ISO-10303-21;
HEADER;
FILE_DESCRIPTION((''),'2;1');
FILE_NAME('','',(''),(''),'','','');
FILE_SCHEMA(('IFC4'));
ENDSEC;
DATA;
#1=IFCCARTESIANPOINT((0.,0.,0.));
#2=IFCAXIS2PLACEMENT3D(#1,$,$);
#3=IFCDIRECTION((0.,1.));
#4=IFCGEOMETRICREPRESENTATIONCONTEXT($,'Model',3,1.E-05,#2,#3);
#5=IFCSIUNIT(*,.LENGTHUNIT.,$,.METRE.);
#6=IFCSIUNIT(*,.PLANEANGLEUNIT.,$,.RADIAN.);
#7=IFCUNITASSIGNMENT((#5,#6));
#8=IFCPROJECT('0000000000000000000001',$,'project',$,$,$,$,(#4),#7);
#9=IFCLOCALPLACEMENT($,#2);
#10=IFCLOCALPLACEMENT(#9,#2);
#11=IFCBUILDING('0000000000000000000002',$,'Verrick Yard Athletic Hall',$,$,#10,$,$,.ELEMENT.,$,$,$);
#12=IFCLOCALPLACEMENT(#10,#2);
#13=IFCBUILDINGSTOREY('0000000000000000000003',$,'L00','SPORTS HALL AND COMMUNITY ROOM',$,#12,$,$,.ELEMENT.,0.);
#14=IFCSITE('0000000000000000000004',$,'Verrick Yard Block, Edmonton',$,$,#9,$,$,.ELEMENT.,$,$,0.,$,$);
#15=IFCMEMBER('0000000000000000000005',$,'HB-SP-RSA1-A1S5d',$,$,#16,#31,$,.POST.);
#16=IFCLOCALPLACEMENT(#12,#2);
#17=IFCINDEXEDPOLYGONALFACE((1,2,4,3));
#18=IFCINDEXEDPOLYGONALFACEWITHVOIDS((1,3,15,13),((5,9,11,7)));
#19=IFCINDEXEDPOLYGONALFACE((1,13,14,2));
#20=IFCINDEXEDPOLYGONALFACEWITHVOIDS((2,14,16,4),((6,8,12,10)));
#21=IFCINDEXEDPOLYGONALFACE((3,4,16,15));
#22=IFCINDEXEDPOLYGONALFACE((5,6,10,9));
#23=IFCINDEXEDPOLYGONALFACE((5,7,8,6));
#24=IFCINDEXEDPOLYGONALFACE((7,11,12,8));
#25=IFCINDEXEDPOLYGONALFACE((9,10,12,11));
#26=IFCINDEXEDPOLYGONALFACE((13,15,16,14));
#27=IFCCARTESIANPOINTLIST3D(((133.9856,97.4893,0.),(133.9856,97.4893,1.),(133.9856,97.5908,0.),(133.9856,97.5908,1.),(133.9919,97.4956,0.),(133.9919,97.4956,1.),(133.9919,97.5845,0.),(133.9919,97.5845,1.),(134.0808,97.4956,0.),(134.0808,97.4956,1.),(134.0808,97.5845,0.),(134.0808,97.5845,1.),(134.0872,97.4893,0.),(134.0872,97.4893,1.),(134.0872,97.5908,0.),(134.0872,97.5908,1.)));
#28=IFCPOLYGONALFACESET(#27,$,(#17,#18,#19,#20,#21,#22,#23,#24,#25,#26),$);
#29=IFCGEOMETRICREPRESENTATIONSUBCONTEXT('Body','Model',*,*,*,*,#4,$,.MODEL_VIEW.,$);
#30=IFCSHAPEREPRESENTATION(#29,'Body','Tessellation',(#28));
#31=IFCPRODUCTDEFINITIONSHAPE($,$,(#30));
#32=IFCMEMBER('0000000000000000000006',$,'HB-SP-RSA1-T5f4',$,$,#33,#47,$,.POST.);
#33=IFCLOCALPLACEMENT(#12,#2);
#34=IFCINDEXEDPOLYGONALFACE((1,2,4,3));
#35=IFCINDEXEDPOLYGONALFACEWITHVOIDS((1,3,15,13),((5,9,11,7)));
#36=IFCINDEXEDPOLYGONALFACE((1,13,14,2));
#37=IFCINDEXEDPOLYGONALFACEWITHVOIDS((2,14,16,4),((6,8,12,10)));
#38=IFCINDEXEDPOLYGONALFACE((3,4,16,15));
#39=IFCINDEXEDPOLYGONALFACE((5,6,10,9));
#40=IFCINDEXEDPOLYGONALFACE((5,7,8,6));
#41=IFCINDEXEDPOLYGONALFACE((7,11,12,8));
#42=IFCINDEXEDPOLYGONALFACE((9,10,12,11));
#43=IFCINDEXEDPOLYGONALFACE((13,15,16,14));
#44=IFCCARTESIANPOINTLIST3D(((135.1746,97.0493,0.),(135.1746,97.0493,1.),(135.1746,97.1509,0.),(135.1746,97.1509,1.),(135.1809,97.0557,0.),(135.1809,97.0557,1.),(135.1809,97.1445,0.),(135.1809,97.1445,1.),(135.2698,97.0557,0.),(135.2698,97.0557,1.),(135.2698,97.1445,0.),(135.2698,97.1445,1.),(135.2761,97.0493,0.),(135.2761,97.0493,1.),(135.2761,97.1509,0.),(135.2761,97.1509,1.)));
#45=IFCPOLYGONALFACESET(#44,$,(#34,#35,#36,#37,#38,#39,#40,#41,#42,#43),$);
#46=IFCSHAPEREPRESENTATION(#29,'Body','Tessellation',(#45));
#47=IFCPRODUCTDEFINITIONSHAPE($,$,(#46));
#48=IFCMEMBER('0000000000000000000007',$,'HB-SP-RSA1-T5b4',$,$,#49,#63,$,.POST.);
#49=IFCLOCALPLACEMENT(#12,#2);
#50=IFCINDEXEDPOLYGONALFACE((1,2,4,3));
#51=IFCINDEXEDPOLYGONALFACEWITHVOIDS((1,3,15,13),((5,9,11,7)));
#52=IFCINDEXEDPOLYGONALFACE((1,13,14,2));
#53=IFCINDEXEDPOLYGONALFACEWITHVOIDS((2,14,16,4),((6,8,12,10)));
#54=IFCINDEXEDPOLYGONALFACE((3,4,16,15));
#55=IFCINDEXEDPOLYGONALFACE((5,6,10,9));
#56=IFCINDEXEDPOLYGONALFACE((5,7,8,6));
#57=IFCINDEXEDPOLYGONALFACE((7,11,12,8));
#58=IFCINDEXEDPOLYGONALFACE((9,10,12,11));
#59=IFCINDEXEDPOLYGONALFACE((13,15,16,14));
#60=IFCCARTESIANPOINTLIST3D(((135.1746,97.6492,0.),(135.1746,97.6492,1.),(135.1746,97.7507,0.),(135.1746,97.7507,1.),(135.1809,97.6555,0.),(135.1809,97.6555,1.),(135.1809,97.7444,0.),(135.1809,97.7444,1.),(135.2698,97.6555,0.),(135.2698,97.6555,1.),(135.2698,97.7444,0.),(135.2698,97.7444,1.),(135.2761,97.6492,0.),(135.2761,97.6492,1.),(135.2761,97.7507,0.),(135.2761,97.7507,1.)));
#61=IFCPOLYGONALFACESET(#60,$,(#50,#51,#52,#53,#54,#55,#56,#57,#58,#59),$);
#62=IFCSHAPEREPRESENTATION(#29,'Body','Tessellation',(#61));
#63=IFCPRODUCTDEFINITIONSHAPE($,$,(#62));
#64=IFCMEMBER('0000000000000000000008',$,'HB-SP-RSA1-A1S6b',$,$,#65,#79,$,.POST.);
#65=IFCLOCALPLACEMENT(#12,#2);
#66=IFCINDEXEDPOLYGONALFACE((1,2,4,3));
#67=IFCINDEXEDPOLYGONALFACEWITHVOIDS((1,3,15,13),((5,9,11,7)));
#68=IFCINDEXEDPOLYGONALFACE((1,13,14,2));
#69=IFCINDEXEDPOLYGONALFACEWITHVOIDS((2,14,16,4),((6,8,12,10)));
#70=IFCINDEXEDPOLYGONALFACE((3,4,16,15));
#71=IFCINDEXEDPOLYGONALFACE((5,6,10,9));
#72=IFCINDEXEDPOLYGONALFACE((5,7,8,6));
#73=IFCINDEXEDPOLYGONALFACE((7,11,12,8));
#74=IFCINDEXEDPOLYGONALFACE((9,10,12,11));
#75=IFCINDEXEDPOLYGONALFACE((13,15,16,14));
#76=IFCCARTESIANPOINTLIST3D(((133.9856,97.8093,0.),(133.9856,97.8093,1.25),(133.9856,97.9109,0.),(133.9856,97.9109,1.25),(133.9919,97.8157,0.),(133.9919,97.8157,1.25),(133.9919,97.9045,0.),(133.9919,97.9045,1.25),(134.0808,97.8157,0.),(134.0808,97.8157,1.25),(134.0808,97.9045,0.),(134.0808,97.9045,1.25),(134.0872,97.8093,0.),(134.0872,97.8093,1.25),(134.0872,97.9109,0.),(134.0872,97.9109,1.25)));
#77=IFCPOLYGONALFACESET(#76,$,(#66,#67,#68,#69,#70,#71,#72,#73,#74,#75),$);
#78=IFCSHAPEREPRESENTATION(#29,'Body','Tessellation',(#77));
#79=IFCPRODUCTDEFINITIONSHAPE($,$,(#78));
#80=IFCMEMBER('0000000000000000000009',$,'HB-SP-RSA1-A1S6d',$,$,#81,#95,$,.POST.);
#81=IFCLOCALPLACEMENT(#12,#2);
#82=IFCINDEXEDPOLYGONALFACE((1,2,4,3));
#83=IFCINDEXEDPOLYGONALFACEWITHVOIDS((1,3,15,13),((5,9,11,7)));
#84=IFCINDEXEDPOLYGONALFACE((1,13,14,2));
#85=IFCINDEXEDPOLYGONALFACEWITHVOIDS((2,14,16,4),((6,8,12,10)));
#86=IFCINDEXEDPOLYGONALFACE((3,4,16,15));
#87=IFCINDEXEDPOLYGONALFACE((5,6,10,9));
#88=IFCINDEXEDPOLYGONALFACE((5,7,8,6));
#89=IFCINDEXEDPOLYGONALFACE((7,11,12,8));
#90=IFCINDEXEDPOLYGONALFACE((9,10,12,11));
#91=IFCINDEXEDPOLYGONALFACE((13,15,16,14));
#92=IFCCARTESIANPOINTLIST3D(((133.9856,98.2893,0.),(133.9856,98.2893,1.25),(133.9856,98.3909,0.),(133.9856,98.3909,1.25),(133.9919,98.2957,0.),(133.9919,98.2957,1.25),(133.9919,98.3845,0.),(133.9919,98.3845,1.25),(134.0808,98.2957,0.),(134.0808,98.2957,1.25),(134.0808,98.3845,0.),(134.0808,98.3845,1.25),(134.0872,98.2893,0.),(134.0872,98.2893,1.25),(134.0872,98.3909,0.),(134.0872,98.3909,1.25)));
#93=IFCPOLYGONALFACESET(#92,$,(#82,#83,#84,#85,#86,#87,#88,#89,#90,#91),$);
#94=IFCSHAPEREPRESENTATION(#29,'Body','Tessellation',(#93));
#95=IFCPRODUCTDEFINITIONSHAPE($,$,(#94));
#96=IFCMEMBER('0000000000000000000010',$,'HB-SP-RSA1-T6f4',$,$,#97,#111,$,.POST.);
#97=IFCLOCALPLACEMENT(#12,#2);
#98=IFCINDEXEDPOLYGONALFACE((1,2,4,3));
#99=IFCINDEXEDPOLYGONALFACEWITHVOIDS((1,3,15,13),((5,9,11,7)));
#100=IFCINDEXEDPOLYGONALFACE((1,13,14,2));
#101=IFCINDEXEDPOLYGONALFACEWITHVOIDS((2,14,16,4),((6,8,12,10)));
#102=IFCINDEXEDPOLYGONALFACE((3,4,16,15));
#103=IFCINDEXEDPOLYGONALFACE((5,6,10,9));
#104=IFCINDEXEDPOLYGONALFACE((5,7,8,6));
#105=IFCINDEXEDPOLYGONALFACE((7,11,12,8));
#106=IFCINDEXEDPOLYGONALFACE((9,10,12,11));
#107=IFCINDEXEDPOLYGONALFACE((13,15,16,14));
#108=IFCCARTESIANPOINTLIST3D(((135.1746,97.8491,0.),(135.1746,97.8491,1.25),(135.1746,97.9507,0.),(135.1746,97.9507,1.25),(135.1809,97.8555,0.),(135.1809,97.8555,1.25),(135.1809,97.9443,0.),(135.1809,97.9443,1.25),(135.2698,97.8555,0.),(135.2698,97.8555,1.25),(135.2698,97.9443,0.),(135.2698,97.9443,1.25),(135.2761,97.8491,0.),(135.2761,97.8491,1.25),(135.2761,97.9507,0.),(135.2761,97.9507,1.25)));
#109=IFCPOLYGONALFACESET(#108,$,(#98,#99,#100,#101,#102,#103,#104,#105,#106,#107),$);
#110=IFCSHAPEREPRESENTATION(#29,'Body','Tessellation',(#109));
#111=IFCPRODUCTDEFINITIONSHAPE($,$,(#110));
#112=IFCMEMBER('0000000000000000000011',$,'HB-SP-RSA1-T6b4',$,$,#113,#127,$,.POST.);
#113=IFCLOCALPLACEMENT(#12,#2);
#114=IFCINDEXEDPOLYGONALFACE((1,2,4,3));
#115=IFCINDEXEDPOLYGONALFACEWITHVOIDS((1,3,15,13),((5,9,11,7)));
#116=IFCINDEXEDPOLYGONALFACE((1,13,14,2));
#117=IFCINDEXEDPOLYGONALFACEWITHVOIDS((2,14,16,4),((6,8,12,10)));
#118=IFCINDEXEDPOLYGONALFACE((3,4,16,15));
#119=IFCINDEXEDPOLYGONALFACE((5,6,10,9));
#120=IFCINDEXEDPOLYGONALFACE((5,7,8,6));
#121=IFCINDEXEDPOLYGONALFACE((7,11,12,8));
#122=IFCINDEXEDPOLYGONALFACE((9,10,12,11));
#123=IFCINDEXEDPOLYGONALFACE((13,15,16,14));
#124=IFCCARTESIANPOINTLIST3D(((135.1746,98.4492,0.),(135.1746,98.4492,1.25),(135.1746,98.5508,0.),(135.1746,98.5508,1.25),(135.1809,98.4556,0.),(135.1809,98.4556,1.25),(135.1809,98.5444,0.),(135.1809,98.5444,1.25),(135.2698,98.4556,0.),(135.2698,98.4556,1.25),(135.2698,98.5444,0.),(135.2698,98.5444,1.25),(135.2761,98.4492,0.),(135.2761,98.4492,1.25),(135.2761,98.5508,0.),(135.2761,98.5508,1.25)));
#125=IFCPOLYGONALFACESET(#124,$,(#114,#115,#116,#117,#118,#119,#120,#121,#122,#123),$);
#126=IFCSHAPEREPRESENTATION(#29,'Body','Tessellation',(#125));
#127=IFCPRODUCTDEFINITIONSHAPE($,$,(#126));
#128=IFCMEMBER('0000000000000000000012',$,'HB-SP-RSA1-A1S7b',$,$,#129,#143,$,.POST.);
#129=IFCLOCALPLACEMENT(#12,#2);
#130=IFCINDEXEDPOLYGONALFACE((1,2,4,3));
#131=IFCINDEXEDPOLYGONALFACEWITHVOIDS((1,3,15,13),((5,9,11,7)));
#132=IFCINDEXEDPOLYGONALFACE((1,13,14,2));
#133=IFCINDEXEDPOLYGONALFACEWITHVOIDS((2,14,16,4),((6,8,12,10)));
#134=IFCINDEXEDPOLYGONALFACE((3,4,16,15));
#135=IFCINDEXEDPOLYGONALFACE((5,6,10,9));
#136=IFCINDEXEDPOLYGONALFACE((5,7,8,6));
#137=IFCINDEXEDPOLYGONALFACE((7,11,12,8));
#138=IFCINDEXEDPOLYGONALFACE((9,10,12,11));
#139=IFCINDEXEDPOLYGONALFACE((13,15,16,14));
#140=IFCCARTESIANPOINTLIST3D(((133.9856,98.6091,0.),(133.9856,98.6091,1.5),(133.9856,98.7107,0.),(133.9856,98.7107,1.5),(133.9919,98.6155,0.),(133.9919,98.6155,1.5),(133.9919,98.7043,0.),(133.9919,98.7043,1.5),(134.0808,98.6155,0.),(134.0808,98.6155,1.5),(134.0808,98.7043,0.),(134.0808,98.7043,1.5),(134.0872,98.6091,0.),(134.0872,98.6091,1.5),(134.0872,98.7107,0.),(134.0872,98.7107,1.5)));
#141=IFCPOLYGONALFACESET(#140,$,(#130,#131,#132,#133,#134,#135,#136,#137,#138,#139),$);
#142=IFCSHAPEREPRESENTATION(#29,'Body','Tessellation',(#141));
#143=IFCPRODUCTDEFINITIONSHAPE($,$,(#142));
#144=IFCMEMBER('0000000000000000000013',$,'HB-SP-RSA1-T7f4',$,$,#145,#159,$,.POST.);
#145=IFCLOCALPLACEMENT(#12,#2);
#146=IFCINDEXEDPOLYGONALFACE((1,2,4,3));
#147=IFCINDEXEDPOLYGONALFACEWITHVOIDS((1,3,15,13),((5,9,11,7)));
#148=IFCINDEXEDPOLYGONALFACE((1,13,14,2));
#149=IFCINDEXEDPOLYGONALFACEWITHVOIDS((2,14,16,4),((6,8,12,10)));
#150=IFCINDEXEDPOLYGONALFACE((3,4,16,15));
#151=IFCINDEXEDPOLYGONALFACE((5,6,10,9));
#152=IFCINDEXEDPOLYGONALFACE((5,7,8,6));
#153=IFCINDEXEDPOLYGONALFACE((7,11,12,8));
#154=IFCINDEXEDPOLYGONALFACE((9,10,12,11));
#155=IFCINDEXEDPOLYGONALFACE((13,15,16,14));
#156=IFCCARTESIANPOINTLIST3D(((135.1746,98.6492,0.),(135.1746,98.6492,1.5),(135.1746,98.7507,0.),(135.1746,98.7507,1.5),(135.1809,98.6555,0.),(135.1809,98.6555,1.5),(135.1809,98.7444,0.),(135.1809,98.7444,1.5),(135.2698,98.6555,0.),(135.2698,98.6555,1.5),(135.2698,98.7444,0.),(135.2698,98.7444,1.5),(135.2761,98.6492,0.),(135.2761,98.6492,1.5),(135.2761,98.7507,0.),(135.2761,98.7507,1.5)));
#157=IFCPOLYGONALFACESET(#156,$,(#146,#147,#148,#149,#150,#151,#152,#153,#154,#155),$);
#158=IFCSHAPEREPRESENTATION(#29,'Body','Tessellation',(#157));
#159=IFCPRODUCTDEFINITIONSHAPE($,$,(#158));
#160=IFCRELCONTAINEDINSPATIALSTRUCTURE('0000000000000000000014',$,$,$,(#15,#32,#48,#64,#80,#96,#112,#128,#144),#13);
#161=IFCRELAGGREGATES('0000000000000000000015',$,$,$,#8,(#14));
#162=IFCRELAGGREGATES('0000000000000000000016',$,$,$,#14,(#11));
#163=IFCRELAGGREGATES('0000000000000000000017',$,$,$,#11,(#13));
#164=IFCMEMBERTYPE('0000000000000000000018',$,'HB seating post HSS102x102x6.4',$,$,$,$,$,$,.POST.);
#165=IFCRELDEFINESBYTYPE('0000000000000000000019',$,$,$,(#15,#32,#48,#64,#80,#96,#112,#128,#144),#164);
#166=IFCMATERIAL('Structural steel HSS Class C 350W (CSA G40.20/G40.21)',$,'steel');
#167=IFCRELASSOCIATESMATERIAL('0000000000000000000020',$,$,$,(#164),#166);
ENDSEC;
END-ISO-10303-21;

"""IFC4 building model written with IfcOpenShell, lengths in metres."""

from ifc_helpers import new_model, si_unit, direction, frame, origin, origin_2d, place, context, subcontext, project, spatial, hollow_rectangle, extrude, material, material_profile, profile_set, type_object, element, save


model = new_model("IFC4")

# Units and contexts
model_context = context("Model", 3, precision=1e-05, world=origin(), true_north=direction((0.0, 1.0)))
body_context = subcontext(model_context, "Body", "Model", "MODEL_VIEW")
ifc_project = project(units=[si_unit("LENGTHUNIT", "METRE"), si_unit("PLANEANGLEUNIT", "RADIAN")], contexts=[model_context])

# Site, building, storey
site_placement = place(None, origin())
site = spatial("IfcSite", under=ifc_project, at=site_placement, Name="Verrick Yard Block, Edmonton", CompositionType="ELEMENT", RefElevation=0.0)
building_placement = place(site_placement, origin())
building = spatial("IfcBuilding", under=site, at=building_placement, Name="Verrick Yard Athletic Hall", CompositionType="ELEMENT")
storey_placement = place(building_placement, origin())
storey = spatial("IfcBuildingStorey", under=building, at=storey_placement, Name="L00", Description="SPORTS HALL AND COMMUNITY ROOM", CompositionType="ELEMENT", Elevation=0.0)

# Members
ifc_material = material(Name="Structural steel HSS Class C 350W (CSA G40.20/G40.21)", Category="steel")
ifc_material_profile = material_profile(ifc_material, hollow_rectangle(XDim=0.1016, YDim=0.1016, WallThickness=0.0063, at=origin_2d()), Name="HSS102x102x6.4")
ifc_profile_set = profile_set([ifc_material_profile], Name="Structural steel HSS Class C 350W (CSA G40.20/G40.21)")
member_type = type_object("IfcMemberType", Name="HB seating post HSS102x102x6.4", PredefinedType="POST", material=ifc_profile_set)
for number, where, z_axis, x_axis, name in (
    (1, (134.0364, 97.54, 0.0), (0.0, 0.0, 1.0), (0.0, 1.0, 0.0), "HB-SP-RSA1-A1S5d"),
    (2, (135.2253, 97.1001, 0.0), (0.0, 0.0, 1.0), (0.0, 1.0, 0.0), "HB-SP-RSA1-T5f4"),
    (3, (135.2253, 97.7, 0.0), (0.0, 0.0, 1.0), (0.0, 1.0, 0.0), "HB-SP-RSA1-T5b4"),
):
    element("IfcMember", number, at=place(storey_placement, frame(where, z_axis=z_axis, x_axis=x_axis)), inside=storey, type_object=member_type, Name=name, PredefinedType="POST", context=body_context, shape_type="SweptSolid", body=[
        extrude(hollow_rectangle(XDim=0.1016, YDim=0.1016, WallThickness=0.0063, at=origin_2d()), origin(), (0.0, 0.0, 1.0), 1.0),
    ])
for number, where, z_axis, x_axis, name in (
    (4, (134.0364, 97.8601, 0.0), (0.0, 0.0, 1.0), (0.0, 1.0, 0.0), "HB-SP-RSA1-A1S6b"),
    (5, (134.0364, 98.3401, 0.0), (0.0, 0.0, 1.0), (0.0, 1.0, 0.0), "HB-SP-RSA1-A1S6d"),
    (6, (135.2253, 97.8999, 0.0), (0.0, 0.0, 1.0), (0.0, 1.0, 0.0), "HB-SP-RSA1-T6f4"),
    (7, (135.2253, 98.5, 0.0), (0.0, 0.0, 1.0), (0.0, 1.0, 0.0), "HB-SP-RSA1-T6b4"),
):
    element("IfcMember", number, at=place(storey_placement, frame(where, z_axis=z_axis, x_axis=x_axis)), inside=storey, type_object=member_type, Name=name, PredefinedType="POST", context=body_context, shape_type="SweptSolid", body=[
        extrude(hollow_rectangle(XDim=0.1016, YDim=0.1016, WallThickness=0.0063, at=origin_2d()), origin(), (0.0, 0.0, 1.0), 1.25),
    ])
for number, where, z_axis, x_axis, name in (
    (8, (134.0364, 98.6599, 0.0), (0.0, 0.0, 1.0), (0.0, 1.0, 0.0), "HB-SP-RSA1-A1S7b"),
    (9, (135.2253, 98.7, 0.0), (0.0, 0.0, 1.0), (0.0, 1.0, 0.0), "HB-SP-RSA1-T7f4"),
):
    element("IfcMember", number, at=place(storey_placement, frame(where, z_axis=z_axis, x_axis=x_axis)), inside=storey, type_object=member_type, Name=name, PredefinedType="POST", context=body_context, shape_type="SweptSolid", body=[
        extrude(hollow_rectangle(XDim=0.1016, YDim=0.1016, WallThickness=0.0063, at=origin_2d()), origin(), (0.0, 0.0, 1.0), 1.5),
    ])

save(model, "model.ifc")
